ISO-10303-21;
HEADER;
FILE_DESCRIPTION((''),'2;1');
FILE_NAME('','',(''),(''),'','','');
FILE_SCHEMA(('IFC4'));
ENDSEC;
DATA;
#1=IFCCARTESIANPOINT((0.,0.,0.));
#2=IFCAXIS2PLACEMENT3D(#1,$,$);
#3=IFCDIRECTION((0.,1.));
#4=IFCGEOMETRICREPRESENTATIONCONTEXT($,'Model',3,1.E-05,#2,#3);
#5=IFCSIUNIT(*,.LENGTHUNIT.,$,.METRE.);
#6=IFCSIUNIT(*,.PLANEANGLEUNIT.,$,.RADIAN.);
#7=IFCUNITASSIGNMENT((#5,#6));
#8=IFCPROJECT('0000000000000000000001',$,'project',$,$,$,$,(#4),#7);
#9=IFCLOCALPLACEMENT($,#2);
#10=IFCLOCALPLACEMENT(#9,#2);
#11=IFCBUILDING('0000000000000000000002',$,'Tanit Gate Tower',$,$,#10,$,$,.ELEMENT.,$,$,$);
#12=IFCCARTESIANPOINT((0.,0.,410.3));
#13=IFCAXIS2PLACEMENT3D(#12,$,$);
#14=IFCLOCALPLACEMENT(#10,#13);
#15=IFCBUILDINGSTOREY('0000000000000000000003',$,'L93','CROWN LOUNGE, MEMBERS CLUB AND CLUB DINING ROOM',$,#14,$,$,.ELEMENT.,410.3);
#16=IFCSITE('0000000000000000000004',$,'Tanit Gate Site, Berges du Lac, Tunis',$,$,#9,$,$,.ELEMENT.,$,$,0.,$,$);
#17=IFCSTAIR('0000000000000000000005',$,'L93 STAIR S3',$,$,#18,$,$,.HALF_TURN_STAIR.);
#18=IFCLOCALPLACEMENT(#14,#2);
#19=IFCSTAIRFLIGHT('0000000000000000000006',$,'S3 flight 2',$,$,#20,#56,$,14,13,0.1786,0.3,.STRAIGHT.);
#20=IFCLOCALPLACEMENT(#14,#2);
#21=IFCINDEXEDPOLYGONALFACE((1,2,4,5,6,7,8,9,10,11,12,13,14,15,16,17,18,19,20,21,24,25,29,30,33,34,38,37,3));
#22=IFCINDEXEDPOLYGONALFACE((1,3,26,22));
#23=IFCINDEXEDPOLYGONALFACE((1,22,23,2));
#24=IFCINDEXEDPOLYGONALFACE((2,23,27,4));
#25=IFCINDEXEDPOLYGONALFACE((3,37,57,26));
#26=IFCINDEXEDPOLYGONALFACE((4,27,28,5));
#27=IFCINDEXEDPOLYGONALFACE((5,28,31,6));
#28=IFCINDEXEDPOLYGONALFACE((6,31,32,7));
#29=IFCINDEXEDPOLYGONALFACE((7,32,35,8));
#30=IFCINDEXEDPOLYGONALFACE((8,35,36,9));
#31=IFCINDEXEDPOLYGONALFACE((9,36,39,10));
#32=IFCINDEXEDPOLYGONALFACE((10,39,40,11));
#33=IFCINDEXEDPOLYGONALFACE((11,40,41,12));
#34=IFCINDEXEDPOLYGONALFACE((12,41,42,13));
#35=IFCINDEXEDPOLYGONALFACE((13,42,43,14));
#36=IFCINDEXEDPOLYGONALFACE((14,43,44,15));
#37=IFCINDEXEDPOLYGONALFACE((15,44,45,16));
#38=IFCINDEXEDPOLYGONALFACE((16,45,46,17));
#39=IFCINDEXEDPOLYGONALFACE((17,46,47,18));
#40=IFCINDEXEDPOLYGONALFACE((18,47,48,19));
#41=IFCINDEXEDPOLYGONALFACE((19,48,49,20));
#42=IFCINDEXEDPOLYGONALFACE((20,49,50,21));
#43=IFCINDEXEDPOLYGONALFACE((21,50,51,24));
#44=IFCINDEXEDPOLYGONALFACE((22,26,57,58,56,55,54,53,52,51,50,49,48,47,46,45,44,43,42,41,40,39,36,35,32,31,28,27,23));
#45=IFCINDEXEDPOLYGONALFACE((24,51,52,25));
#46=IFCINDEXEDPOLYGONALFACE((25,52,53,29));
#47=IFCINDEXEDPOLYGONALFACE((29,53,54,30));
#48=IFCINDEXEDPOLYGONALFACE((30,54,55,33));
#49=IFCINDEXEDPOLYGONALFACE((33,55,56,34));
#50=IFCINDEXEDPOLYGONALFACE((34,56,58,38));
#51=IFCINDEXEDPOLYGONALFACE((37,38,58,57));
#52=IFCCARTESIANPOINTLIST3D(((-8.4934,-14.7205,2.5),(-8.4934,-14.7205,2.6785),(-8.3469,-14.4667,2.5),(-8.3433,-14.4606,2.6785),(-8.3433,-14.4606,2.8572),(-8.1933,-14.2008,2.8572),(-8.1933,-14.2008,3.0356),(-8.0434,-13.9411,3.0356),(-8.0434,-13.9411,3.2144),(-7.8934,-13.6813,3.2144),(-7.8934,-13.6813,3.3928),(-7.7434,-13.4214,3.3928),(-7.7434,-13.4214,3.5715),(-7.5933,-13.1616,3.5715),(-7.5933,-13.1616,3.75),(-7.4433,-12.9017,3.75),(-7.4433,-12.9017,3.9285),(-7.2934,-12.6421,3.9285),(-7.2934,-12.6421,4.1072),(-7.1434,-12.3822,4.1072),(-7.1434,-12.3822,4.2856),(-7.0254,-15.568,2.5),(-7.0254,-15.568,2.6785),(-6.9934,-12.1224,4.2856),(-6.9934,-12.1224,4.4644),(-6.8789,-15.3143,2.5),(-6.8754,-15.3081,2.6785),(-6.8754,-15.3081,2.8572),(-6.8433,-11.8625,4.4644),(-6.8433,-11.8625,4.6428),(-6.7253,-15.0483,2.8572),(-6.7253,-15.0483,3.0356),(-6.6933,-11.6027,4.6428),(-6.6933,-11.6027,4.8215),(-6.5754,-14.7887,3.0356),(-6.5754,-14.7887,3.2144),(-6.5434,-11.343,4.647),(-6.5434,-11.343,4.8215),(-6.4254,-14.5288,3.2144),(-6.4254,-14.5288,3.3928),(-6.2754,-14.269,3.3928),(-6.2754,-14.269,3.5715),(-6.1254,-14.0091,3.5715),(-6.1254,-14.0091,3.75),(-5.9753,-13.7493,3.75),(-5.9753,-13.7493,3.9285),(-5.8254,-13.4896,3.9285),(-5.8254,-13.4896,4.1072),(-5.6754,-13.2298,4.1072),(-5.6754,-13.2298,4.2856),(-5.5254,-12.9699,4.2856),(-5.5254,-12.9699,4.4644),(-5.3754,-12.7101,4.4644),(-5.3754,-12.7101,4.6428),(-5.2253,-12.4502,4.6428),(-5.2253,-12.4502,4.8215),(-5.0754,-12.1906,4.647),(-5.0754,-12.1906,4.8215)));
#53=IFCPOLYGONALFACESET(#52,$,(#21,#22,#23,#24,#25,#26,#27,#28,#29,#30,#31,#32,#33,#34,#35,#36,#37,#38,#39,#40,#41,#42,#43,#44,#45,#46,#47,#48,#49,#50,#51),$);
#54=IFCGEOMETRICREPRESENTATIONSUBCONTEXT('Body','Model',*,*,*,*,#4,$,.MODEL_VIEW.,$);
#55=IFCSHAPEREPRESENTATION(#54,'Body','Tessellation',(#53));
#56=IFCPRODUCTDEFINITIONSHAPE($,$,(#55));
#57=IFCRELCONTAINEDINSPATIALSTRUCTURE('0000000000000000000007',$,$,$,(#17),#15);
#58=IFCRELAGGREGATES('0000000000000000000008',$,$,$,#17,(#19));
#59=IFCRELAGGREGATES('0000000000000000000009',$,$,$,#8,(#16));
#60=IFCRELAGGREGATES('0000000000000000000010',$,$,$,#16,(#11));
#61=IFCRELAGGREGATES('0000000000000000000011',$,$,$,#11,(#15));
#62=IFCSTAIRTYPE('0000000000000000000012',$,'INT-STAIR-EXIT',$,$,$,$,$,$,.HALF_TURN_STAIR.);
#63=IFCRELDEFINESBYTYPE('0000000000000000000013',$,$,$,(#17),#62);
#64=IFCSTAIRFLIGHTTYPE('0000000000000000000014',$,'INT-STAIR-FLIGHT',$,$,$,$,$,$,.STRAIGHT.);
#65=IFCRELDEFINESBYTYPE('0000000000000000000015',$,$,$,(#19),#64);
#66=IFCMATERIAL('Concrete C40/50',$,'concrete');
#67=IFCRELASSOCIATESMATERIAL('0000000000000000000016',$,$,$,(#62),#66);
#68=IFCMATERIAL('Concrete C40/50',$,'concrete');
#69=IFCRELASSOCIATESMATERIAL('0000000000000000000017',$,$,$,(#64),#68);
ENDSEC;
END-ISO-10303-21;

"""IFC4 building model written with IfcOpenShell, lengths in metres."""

from ifc_helpers import new_model, si_unit, direction, frame, origin, place, context, subcontext, project, spatial, polyline, outline, extrude, material, type_object, element, aggregate, save


model = new_model("IFC4")

# Units and contexts
model_context = context("Model", 3, precision=1e-05, world=origin(), true_north=direction((0.0, 1.0)))
body_context = subcontext(model_context, "Body", "Model", "MODEL_VIEW")
ifc_project = project(units=[si_unit("LENGTHUNIT", "METRE"), si_unit("PLANEANGLEUNIT", "RADIAN")], contexts=[model_context])

# Site, building, storey
site_placement = place(None, origin())
site = spatial("IfcSite", under=ifc_project, at=site_placement, Name="Tanit Gate Site, Berges du Lac, Tunis", CompositionType="ELEMENT", RefElevation=0.0)
building_placement = place(site_placement, origin())
building = spatial("IfcBuilding", under=site, at=building_placement, Name="Tanit Gate Tower", CompositionType="ELEMENT")
storey_placement = place(building_placement, frame((0.0, 0.0, 410.3)))
storey = spatial("IfcBuildingStorey", under=building, at=storey_placement, Name="L93", Description="CROWN LOUNGE, MEMBERS CLUB AND CLUB DINING ROOM", CompositionType="ELEMENT", Elevation=410.3)

# Stair, stair flight
ifc_material_1 = material(Name="Concrete C40/50", Category="concrete")
stair_type = type_object("IfcStairType", Name="INT-STAIR-EXIT", PredefinedType="HALF_TURN_STAIR", material=ifc_material_1)
stair_placement = place(storey_placement, origin())
stair = element("IfcStair", 1, at=stair_placement, inside=storey, type_object=stair_type, Name="L93 STAIR S3", PredefinedType="HALF_TURN_STAIR")
ifc_material_2 = material(Name="Concrete C40/50", Category="concrete")
stair_flight_type = type_object("IfcStairFlightType", Name="INT-STAIR-FLIGHT", PredefinedType="STRAIGHT", material=ifc_material_2)
stair_flight_placement = place(storey_placement, frame((-7.7593, -15.1443, 2.5), z_axis=(0.0, 0.0, 1.0), x_axis=(0.5, 0.866025, 0.0)))
stair_flight = element("IfcStairFlight", 2, at=stair_flight_placement, type_object=stair_flight_type, Name="S3 flight 2", NumberOfRisers=14, NumberOfTreads=13, PredefinedType="STRAIGHT", RiserHeight=0.1786, TreadLength=0.3, context=body_context, shape_type="SweptSolid", body=[
    extrude(outline(polyline([(0.0, 0.0), (0.0, 0.1785), (0.3, 0.1785), (0.3, 0.3572), (0.6001, 0.3572), (0.6001, 0.5356), (0.8999, 0.5356), (0.8999, 0.7144), (1.2, 0.7144), (1.2, 0.8928), (1.5, 0.8928), (1.5, 1.0715), (1.8, 1.0715), (1.8, 1.25), (2.1001, 1.25), (2.1001, 1.4285), (2.3999, 1.4285), (2.3999, 1.6072), (2.7, 1.6072), (2.7, 1.7856), (3.0, 1.7856), (3.0, 1.9644), (3.3, 1.9644), (3.3, 2.1428), (3.6001, 2.1428), (3.6001, 2.3215), (3.8999, 2.3215), (3.8999, 2.5), (3.8999, 2.147), (0.293, 0.0), (0.0, 0.0)])), frame((0.0, 0.8477, 0.0), z_axis=(0.0, -1.0, 0.0), x_axis=(1.0, 0.0, 0.0)), (0.0, 0.0, 1.0), 1.6951),
])
aggregate(stair, [stair_flight])

save(model, "model.ifc")
